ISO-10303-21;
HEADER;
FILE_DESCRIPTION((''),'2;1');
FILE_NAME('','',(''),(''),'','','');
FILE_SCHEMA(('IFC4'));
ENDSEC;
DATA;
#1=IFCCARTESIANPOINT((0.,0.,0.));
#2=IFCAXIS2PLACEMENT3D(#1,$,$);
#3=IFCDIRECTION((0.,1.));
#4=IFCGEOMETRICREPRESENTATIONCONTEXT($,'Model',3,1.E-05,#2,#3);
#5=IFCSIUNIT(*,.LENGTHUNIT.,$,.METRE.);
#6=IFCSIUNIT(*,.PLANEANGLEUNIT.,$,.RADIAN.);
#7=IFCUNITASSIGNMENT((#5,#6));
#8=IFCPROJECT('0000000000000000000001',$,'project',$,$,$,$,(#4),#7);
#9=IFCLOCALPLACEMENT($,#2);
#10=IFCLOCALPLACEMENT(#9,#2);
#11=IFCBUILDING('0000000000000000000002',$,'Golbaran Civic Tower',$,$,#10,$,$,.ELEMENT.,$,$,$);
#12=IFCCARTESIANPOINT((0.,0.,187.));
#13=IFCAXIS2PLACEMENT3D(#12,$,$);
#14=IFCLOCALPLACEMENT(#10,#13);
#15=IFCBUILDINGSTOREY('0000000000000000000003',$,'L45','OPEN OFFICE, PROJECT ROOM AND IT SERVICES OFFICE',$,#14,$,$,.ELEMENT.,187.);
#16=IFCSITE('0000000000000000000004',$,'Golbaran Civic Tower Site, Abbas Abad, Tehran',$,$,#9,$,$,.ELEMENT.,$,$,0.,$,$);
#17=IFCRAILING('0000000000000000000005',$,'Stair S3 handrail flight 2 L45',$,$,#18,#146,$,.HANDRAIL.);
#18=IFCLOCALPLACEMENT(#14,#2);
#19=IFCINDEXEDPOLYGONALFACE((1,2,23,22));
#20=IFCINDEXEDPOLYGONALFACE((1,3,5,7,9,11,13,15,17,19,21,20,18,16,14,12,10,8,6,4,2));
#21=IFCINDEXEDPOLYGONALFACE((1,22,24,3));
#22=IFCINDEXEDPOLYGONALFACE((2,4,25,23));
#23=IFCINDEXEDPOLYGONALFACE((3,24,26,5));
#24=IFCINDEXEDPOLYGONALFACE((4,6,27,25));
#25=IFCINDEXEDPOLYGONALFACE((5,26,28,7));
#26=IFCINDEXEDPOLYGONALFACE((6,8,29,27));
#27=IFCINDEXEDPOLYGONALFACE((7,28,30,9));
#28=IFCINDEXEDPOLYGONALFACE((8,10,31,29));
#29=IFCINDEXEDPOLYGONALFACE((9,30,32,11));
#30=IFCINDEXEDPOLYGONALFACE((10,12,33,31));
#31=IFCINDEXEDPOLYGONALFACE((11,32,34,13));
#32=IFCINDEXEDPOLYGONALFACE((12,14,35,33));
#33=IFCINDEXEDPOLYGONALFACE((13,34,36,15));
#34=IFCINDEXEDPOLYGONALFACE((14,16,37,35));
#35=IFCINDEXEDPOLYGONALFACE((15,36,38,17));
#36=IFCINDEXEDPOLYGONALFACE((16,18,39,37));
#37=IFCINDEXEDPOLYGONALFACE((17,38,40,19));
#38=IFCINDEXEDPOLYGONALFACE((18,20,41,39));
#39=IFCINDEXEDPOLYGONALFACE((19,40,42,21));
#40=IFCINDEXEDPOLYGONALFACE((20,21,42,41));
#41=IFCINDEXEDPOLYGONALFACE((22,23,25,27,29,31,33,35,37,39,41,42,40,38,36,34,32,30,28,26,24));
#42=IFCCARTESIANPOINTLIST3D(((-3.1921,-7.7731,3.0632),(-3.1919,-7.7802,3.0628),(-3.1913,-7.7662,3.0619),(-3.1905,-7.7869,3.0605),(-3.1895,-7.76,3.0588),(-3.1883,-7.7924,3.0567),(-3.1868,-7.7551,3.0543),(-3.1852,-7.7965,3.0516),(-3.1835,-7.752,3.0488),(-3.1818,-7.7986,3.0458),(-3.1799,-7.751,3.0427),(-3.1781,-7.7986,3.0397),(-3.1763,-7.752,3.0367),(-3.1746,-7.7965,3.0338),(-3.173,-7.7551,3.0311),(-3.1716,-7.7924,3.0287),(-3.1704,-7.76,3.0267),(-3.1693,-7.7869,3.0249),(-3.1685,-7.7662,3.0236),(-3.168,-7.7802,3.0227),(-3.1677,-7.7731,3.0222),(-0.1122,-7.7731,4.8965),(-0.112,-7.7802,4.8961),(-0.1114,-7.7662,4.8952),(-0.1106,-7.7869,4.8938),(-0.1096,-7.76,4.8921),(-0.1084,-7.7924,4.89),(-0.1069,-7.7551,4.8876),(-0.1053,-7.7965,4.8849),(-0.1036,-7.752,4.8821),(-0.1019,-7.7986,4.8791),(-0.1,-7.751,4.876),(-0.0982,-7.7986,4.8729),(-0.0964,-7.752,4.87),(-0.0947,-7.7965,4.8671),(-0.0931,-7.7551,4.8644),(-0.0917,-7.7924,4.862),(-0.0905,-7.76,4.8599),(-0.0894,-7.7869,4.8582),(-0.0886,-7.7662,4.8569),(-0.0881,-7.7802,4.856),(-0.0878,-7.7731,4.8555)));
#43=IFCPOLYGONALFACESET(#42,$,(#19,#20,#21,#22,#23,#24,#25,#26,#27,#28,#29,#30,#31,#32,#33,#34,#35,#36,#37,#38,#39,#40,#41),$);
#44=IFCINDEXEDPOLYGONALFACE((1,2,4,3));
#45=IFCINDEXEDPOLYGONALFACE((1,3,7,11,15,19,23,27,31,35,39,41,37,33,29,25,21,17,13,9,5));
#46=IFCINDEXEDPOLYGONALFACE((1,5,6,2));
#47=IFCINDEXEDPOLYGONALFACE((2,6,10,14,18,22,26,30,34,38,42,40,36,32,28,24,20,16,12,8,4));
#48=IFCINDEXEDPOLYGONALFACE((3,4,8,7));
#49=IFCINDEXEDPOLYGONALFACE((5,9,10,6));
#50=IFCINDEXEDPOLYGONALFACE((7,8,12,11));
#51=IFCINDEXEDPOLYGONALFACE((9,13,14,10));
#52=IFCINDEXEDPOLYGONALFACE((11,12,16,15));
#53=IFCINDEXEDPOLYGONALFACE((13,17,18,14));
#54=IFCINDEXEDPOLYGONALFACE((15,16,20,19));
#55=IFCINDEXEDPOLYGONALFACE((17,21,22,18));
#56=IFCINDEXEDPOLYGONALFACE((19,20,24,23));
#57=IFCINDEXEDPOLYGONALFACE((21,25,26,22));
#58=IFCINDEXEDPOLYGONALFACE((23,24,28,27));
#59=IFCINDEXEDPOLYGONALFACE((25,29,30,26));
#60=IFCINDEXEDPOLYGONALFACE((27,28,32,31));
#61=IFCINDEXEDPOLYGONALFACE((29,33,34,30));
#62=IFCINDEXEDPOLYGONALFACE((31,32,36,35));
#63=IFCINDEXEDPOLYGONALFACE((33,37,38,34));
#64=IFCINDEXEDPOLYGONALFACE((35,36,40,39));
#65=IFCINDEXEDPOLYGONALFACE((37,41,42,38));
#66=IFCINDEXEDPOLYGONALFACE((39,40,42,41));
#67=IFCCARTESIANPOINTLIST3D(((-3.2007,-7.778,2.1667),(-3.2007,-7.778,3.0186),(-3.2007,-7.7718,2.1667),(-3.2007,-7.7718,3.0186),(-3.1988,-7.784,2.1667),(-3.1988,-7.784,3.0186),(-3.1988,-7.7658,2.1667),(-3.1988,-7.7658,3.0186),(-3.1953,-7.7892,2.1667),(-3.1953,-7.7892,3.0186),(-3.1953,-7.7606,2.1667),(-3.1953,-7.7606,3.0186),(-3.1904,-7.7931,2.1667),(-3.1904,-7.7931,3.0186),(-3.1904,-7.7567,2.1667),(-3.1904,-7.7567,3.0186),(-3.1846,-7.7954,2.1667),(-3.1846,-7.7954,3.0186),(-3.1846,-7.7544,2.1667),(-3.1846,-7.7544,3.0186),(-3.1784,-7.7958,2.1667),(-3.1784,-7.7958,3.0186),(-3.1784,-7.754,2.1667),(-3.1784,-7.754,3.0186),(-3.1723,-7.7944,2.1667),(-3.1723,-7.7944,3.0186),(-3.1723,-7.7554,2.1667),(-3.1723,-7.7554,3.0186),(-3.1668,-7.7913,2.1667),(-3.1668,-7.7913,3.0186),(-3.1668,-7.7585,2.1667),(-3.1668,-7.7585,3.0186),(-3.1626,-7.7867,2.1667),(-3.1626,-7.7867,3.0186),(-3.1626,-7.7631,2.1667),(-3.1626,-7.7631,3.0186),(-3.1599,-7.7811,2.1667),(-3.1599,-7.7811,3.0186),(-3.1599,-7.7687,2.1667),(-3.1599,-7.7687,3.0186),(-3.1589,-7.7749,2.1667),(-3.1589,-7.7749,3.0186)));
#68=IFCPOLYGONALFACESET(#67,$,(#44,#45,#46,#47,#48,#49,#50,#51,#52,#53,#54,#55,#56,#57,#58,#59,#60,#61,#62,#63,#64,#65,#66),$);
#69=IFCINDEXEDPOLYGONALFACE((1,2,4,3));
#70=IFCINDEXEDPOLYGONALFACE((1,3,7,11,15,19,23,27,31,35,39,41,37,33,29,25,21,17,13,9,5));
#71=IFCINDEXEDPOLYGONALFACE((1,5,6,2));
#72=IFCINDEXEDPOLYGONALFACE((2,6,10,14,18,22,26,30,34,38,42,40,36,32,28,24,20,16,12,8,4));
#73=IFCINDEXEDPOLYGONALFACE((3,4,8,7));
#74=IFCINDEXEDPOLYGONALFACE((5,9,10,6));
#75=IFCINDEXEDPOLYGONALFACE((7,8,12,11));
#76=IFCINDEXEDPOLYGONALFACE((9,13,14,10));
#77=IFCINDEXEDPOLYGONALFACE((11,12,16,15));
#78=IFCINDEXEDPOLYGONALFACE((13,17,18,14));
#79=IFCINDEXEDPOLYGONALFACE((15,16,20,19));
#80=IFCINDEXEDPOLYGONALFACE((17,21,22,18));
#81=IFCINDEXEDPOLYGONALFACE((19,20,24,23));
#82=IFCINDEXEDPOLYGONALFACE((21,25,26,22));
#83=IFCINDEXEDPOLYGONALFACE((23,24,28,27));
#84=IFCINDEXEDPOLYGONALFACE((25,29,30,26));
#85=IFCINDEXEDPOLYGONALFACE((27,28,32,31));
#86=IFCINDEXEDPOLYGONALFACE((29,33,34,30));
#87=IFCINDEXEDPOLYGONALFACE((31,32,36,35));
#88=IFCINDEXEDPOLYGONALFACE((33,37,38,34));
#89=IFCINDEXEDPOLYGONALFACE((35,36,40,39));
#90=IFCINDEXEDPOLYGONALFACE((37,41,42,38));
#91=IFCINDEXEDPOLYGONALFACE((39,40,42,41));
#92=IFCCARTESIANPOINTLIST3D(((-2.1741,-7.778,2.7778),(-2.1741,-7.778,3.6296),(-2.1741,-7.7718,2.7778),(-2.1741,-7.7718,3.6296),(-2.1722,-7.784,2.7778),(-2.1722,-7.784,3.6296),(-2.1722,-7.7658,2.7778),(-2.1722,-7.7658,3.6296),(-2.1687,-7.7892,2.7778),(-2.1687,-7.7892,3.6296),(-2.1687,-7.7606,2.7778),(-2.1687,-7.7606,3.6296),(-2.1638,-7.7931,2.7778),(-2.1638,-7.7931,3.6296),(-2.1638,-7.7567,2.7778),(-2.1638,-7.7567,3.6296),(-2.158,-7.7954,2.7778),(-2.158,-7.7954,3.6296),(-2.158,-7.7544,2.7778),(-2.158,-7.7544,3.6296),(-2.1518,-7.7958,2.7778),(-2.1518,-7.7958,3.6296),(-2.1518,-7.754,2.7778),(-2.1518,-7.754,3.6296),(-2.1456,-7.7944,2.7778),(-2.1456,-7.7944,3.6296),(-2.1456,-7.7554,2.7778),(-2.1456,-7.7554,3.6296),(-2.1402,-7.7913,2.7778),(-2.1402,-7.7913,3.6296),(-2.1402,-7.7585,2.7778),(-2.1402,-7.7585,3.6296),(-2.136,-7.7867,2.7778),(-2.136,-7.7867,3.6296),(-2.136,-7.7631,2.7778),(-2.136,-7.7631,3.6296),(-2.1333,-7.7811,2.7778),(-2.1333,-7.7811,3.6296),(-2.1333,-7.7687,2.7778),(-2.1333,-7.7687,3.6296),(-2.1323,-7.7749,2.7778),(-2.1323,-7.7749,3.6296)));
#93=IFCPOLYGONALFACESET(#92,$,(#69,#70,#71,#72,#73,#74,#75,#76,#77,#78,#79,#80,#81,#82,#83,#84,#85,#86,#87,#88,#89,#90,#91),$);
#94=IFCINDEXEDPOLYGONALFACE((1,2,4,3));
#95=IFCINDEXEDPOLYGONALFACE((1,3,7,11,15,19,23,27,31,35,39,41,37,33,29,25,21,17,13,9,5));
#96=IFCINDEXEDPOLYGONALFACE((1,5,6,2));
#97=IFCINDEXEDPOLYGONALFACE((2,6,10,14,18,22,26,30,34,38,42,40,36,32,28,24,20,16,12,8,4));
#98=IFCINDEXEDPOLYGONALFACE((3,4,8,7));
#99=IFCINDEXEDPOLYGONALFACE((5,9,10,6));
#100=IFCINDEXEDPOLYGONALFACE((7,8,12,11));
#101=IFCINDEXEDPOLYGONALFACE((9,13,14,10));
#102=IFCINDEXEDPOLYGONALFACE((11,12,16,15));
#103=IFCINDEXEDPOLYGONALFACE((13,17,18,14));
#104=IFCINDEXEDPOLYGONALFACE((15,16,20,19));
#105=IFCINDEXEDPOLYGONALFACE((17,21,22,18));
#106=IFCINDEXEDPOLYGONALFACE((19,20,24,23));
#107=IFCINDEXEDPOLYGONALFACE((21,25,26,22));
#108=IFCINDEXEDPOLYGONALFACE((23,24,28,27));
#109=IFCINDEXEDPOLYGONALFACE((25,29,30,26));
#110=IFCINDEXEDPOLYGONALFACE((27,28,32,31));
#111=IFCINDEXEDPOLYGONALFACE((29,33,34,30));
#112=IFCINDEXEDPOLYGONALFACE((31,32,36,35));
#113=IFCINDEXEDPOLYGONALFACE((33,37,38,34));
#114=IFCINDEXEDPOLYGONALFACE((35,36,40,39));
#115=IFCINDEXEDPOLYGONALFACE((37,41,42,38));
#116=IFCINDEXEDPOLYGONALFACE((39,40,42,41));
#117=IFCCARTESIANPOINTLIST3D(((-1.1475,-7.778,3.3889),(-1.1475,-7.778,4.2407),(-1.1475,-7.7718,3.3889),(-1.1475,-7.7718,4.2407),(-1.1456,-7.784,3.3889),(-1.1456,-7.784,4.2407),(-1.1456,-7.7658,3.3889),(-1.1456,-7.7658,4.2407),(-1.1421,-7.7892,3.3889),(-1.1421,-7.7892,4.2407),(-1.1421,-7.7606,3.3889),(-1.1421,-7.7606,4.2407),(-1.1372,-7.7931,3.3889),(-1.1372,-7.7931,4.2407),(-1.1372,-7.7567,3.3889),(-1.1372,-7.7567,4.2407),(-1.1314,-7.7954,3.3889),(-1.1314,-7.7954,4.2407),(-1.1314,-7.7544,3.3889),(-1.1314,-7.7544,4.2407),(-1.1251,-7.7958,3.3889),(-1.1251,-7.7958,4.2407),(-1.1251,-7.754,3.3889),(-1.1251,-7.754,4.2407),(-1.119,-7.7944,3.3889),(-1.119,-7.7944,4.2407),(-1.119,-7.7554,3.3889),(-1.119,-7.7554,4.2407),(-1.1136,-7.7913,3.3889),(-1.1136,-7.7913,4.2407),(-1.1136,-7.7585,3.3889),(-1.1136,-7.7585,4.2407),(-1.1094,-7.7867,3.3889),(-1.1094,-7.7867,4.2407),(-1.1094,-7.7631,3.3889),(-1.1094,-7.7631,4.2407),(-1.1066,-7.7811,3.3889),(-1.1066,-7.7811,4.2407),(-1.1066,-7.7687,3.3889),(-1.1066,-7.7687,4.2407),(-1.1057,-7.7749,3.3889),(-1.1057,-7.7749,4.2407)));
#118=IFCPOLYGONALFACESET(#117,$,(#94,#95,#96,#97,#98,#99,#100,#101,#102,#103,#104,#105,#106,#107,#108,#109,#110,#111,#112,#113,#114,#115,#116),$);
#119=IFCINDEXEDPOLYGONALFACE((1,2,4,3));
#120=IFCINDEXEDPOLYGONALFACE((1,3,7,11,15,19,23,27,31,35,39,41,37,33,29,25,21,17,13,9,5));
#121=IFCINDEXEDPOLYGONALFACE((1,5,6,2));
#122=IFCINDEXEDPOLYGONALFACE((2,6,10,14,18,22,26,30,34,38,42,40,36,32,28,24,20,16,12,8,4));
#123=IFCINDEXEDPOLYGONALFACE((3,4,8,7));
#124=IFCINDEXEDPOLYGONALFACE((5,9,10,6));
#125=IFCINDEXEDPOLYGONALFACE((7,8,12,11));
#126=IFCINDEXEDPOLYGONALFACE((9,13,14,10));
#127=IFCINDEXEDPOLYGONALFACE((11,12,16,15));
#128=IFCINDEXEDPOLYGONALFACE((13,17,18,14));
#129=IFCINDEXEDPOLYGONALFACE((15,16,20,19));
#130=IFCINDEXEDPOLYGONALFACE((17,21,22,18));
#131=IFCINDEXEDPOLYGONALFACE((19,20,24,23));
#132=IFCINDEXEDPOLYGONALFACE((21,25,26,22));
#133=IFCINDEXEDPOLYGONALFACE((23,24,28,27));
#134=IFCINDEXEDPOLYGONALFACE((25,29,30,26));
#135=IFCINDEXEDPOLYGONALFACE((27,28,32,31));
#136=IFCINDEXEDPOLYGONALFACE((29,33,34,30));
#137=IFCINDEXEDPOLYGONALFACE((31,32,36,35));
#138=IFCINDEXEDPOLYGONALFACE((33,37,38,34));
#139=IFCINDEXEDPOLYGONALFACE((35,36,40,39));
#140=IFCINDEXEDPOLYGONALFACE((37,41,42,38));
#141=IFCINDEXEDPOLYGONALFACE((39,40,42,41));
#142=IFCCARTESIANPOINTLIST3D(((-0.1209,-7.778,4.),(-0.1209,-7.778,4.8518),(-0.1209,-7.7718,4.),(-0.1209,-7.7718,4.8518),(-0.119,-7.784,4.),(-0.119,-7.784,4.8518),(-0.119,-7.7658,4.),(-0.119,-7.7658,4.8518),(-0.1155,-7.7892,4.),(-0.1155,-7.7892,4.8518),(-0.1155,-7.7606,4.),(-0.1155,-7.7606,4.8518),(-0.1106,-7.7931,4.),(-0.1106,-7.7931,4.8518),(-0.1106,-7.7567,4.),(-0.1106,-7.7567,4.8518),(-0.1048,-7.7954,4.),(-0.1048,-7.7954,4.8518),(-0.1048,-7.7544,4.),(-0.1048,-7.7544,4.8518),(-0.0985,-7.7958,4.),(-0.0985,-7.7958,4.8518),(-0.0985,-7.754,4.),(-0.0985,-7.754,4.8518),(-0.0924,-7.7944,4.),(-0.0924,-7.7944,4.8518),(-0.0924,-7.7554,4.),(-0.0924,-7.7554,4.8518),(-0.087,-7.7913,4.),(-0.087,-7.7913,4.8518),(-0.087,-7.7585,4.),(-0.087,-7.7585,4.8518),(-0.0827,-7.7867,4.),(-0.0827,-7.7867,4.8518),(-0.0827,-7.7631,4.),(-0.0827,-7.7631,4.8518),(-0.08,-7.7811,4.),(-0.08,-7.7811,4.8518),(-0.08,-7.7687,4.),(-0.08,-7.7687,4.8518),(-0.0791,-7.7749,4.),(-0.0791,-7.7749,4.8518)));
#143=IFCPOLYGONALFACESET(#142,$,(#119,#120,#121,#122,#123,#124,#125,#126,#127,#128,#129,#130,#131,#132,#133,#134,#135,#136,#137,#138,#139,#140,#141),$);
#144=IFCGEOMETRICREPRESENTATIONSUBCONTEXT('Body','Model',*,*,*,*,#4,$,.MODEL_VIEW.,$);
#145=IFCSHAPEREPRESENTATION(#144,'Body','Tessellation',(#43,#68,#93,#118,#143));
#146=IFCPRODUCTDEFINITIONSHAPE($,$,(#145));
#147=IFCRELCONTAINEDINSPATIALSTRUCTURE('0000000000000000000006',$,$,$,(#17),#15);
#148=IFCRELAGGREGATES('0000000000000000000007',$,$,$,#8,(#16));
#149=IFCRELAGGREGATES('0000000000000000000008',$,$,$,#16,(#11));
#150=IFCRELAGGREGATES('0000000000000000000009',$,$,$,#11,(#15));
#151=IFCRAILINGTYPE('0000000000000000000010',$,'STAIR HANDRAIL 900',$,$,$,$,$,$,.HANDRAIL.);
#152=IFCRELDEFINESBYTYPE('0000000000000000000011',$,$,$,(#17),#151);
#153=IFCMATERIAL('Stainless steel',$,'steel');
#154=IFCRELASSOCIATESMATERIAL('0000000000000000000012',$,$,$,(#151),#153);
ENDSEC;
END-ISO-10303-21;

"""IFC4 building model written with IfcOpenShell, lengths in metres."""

from ifc_helpers import new_model, si_unit, direction, frame, origin, origin_2d, place, context, subcontext, project, spatial, circle, extrude, material, type_object, element, save


model = new_model("IFC4")

# Units and contexts
model_context = context("Model", 3, precision=1e-05, world=origin(), true_north=direction((0.0, 1.0)))
body_context = subcontext(model_context, "Body", "Model", "MODEL_VIEW")
ifc_project = project(units=[si_unit("LENGTHUNIT", "METRE"), si_unit("PLANEANGLEUNIT", "RADIAN")], contexts=[model_context])

# Site, building, storey
site_placement = place(None, origin())
site = spatial("IfcSite", under=ifc_project, at=site_placement, Name="Golbaran Civic Tower Site, Abbas Abad, Tehran", CompositionType="ELEMENT", RefElevation=0.0)
building_placement = place(site_placement, origin())
building = spatial("IfcBuilding", under=site, at=building_placement, Name="Golbaran Civic Tower", CompositionType="ELEMENT")
storey_placement = place(building_placement, frame((0.0, 0.0, 187.0)))
storey = spatial("IfcBuildingStorey", under=building, at=storey_placement, Name="L45", Description="OPEN OFFICE, PROJECT ROOM AND IT SERVICES OFFICE", CompositionType="ELEMENT", Elevation=187.0)

# Shared definitions
ifc_material_1 = material(Name="Stainless steel", Category="steel")

# Railing
railing_type = type_object("IfcRailingType", Name="STAIR HANDRAIL 900", PredefinedType="HANDRAIL", material=ifc_material_1)
railing_1_placement = place(storey_placement, frame((-3.1799, -7.7749, 2.1667)))
element("IfcRailing", 1, at=railing_1_placement, inside=storey, type_object=railing_type, Name="Stair S3 handrail flight 2 L45", PredefinedType="HANDRAIL", context=body_context, shape_type="SweptSolid", body=[
    extrude(circle(Radius=0.0239, at=origin_2d()), frame((0.0, 0.0, 0.876), z_axis=(0.859291, 0.0, 0.511487), x_axis=(0.0, 1.0, 0.0)), (0.0, 0.0, 1.0), 3.5842),
    extrude(circle(Radius=0.021, at=origin_2d()), origin(), (0.0, 0.0, 1.0), 0.8518),
    extrude(circle(Radius=0.021, at=origin_2d()), frame((1.0266, 0.0, 0.6111)), (0.0, 0.0, 1.0), 0.8518),
    extrude(circle(Radius=0.021, at=origin_2d()), frame((2.0532, 0.0, 1.2222)), (0.0, 0.0, 1.0), 0.8518),
    extrude(circle(Radius=0.021, at=origin_2d()), frame((3.0798, 0.0, 1.8333)), (0.0, 0.0, 1.0), 0.8518),
])

save(model, "model.ifc")
